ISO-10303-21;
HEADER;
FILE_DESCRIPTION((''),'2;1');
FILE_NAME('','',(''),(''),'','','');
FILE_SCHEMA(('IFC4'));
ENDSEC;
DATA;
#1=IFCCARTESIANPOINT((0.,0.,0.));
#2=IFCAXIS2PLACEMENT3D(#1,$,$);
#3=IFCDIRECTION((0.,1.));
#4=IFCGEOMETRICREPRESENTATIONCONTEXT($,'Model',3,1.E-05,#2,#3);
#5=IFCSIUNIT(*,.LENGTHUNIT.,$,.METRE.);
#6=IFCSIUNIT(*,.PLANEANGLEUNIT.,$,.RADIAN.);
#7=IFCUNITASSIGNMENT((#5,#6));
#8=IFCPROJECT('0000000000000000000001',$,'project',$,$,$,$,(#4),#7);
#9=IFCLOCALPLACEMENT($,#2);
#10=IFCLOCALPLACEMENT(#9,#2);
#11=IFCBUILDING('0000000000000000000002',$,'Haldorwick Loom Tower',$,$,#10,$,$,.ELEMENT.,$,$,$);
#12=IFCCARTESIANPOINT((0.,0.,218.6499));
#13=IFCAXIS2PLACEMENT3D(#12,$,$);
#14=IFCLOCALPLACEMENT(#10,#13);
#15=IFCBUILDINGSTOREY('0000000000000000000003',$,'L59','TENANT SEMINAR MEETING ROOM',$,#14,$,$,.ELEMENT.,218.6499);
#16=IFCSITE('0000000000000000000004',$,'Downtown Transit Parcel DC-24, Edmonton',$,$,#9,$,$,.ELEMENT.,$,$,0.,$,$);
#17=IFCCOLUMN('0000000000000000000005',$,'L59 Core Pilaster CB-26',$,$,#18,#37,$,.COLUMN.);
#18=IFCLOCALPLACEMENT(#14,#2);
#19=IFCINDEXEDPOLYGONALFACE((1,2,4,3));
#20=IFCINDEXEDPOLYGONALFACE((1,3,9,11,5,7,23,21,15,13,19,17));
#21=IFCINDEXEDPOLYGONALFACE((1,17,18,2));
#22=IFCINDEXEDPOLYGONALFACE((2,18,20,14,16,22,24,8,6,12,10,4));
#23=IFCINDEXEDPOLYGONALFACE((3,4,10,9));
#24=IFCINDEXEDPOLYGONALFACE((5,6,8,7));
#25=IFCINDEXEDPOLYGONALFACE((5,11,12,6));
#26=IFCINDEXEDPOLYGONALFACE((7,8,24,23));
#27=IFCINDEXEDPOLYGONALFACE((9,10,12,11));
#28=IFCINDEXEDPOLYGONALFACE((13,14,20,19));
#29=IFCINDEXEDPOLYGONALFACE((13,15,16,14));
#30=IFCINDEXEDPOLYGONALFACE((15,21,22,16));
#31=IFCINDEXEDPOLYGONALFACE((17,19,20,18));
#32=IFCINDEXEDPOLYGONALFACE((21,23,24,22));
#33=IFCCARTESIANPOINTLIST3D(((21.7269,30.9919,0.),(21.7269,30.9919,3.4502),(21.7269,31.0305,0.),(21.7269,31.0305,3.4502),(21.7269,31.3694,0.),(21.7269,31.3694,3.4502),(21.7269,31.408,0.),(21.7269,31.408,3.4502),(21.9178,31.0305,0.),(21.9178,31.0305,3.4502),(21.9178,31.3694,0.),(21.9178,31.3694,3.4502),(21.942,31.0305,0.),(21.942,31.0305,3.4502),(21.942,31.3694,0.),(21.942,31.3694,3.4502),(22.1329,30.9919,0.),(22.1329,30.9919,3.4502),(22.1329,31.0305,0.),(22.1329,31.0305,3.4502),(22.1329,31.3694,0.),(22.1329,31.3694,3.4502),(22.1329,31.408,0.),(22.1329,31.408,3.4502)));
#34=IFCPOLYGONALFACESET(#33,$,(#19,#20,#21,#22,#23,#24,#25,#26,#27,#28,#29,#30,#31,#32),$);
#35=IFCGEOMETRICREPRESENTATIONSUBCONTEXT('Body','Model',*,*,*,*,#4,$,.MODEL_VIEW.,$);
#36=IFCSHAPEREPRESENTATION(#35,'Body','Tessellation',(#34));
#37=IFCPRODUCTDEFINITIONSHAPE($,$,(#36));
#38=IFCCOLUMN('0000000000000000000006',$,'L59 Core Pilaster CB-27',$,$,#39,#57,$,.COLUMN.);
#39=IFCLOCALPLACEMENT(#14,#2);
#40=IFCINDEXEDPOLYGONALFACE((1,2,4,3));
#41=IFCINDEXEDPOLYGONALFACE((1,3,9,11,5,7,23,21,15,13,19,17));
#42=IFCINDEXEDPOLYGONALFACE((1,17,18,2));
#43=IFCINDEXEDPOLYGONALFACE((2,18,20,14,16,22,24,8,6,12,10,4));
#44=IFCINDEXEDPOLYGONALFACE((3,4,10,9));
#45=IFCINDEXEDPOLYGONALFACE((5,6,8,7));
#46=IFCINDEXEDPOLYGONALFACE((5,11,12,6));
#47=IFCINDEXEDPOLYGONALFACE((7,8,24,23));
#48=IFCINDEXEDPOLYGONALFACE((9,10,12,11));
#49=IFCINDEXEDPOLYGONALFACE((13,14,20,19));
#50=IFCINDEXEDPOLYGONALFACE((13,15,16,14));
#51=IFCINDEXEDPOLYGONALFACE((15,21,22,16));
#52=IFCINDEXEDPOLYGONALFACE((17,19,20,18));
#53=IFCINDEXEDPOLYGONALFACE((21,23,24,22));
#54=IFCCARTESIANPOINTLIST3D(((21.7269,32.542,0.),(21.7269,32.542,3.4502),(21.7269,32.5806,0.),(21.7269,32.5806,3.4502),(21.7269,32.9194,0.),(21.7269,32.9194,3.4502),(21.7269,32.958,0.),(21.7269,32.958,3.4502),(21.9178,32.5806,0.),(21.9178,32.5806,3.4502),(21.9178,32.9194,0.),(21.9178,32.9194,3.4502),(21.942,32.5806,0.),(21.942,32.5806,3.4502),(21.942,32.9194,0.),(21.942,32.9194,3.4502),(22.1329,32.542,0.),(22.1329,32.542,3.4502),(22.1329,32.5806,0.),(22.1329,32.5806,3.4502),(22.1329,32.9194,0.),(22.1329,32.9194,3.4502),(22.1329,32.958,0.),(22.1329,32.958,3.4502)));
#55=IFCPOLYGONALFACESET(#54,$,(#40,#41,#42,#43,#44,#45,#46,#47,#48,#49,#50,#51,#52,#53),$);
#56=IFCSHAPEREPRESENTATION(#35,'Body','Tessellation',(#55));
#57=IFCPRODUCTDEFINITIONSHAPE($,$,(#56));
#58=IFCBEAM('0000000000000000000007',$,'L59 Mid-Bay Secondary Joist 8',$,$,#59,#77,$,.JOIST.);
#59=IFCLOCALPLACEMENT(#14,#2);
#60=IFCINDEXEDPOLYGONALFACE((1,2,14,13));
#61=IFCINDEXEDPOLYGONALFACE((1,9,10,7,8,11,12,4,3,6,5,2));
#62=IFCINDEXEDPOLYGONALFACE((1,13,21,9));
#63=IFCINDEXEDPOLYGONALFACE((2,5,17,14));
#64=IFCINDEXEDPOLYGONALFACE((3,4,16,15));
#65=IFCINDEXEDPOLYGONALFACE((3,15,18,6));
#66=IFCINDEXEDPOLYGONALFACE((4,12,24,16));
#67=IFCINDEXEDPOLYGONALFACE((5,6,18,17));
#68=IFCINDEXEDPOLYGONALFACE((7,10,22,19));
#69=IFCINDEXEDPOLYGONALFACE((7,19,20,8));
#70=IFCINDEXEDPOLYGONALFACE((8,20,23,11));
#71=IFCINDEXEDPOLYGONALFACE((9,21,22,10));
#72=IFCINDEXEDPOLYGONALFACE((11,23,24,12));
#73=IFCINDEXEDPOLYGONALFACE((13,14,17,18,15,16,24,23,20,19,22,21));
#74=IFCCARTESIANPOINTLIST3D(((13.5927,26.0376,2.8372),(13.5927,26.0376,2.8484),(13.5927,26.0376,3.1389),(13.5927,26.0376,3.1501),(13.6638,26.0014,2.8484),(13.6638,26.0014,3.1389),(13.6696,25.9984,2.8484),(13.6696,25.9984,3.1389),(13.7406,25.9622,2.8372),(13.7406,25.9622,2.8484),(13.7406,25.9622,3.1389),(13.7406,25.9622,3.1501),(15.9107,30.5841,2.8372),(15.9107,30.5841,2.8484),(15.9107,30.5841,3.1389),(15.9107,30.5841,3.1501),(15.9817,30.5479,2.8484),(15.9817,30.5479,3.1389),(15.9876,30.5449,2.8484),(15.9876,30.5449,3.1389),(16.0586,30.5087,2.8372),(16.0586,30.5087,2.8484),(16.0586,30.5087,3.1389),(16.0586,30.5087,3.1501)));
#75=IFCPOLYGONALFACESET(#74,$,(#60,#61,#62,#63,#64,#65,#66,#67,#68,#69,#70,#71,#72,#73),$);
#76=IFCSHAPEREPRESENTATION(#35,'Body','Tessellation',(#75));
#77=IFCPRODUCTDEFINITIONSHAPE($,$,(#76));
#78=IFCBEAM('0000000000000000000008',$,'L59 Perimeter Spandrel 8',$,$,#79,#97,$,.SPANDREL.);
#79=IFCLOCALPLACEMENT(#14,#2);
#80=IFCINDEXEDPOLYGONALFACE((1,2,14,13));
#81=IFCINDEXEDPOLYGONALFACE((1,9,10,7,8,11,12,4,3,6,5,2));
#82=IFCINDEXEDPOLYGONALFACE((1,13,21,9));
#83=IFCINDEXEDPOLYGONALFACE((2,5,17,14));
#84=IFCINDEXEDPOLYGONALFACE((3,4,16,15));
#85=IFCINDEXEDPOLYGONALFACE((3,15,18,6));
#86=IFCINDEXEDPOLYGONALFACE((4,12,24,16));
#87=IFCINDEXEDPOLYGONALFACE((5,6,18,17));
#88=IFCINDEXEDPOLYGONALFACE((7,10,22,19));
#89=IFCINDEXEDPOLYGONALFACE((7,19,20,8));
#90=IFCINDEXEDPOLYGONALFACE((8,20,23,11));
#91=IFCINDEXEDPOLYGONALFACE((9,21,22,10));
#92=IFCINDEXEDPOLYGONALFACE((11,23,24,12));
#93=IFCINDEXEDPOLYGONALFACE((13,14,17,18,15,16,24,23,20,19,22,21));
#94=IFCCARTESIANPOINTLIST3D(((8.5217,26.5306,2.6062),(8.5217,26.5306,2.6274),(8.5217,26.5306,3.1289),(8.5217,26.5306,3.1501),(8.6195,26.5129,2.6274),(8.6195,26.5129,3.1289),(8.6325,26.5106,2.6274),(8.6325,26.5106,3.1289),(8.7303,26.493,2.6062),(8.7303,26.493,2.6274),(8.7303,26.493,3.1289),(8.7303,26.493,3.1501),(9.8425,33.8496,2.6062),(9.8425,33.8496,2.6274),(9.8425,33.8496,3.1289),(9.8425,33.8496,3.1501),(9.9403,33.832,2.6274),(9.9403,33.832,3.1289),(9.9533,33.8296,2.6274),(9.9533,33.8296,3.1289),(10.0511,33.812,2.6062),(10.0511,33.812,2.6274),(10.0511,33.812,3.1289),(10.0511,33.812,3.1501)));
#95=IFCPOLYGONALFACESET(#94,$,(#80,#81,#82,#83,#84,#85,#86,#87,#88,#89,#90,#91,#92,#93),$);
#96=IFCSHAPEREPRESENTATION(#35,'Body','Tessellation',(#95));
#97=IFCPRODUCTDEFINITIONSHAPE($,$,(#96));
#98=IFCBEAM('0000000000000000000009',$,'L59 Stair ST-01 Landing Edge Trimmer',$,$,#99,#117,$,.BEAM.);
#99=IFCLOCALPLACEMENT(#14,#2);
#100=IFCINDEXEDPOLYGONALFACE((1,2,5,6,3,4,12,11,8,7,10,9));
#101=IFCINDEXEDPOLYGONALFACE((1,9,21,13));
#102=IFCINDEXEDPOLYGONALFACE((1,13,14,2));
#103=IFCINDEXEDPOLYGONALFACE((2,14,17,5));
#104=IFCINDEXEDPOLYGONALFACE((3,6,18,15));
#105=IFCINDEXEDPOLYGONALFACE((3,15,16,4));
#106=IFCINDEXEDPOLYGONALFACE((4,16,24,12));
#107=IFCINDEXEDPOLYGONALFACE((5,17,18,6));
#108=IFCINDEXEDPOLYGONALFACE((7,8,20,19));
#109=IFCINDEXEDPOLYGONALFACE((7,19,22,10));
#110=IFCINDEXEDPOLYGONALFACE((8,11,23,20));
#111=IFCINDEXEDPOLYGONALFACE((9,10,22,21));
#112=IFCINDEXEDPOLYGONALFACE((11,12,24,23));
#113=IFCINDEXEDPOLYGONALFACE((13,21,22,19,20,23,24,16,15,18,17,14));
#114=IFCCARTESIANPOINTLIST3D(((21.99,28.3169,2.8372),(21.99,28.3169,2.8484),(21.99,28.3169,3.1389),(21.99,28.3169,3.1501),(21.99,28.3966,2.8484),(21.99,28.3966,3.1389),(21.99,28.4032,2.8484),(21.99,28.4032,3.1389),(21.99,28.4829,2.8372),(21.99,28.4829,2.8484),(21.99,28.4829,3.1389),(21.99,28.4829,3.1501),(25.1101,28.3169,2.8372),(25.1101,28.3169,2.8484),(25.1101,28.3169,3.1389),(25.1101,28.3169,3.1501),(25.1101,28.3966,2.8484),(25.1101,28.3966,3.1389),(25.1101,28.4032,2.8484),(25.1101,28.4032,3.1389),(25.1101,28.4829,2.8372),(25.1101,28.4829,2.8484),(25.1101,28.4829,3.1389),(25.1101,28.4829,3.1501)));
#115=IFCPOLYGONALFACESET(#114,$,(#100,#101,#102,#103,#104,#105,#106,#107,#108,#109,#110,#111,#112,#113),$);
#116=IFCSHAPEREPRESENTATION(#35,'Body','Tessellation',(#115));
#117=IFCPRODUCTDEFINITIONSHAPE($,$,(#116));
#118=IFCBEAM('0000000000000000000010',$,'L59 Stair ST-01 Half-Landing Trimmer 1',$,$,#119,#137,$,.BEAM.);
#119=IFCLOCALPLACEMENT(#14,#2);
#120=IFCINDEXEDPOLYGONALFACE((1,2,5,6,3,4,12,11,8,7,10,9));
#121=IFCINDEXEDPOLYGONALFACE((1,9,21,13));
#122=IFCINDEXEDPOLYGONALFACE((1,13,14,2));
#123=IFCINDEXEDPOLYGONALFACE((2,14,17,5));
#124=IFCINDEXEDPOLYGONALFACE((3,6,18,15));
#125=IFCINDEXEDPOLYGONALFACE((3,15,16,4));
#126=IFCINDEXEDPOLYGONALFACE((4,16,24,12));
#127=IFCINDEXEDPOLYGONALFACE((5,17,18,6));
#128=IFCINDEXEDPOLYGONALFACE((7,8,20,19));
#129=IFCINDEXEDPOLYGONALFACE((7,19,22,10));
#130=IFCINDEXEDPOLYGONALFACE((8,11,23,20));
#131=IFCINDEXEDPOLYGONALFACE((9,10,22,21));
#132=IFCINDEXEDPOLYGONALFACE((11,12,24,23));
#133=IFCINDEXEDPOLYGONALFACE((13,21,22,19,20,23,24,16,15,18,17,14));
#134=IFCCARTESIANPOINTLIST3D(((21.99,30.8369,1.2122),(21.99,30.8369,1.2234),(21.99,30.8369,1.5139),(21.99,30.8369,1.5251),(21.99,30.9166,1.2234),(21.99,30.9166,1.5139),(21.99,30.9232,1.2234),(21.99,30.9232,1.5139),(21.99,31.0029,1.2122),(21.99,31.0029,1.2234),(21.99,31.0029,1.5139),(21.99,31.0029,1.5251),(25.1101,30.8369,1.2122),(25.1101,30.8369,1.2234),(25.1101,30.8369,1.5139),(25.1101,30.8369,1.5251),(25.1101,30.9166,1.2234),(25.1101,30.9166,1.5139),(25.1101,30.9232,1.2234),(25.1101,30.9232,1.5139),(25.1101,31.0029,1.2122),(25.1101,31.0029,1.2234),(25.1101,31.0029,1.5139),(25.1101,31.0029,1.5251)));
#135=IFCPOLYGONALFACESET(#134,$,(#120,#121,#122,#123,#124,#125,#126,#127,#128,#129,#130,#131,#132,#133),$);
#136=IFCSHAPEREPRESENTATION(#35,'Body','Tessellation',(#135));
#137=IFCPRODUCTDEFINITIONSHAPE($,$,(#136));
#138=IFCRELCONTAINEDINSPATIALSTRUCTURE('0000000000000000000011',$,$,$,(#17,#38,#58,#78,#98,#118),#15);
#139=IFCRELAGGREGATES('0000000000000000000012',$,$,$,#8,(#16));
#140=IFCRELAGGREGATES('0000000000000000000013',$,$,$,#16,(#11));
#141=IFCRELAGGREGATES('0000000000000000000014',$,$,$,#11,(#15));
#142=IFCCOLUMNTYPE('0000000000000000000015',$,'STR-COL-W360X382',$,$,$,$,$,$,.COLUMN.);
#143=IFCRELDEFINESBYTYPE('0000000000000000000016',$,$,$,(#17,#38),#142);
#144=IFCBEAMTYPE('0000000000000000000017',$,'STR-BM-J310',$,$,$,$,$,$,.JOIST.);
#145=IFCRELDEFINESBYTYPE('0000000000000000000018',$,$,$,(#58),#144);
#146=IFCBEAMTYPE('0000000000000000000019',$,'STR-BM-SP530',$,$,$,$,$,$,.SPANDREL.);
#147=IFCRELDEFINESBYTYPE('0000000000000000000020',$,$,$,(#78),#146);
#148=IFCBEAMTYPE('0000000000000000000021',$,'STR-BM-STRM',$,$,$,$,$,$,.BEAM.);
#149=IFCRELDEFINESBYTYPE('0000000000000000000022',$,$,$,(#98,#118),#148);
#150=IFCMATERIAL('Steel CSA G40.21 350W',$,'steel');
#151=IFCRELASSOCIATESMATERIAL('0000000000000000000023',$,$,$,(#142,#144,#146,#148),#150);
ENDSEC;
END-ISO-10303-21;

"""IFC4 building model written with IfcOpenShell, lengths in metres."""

from ifc_helpers import new_model, si_unit, direction, frame, origin, origin_2d, place, context, subcontext, project, spatial, i_section, extrude, material, material_profile, profile_set, type_object, element, save


model = new_model("IFC4")

# Units and contexts
model_context = context("Model", 3, precision=1e-05, world=origin(), true_north=direction((0.0, 1.0)))
body_context = subcontext(model_context, "Body", "Model", "MODEL_VIEW")
ifc_project = project(units=[si_unit("LENGTHUNIT", "METRE"), si_unit("PLANEANGLEUNIT", "RADIAN")], contexts=[model_context])

# Site, building, storey
site_placement = place(None, origin())
site = spatial("IfcSite", under=ifc_project, at=site_placement, Name="Downtown Transit Parcel DC-24, Edmonton", CompositionType="ELEMENT", RefElevation=0.0)
building_placement = place(site_placement, origin())
building = spatial("IfcBuilding", under=site, at=building_placement, Name="Haldorwick Loom Tower", CompositionType="ELEMENT")
storey_placement = place(building_placement, frame((0.0, 0.0, 218.6499)))
storey = spatial("IfcBuildingStorey", under=building, at=storey_placement, Name="L59", Description="TENANT SEMINAR MEETING ROOM", CompositionType="ELEMENT", Elevation=218.6499)

# Columns
ifc_material_1 = material(Name="Steel CSA G40.21 350W", Category="steel")
ifc_material_profile_1 = material_profile(ifc_material_1, i_section(OverallWidth=0.406, OverallDepth=0.416, WebThickness=0.0242, FlangeThickness=0.0386, at=origin_2d()), Name="W360X382", Category="steel")
ifc_profile_set_1 = profile_set([ifc_material_profile_1], Name="Steel CSA G40.21 350W")
column_type = type_object("IfcColumnType", Name="STR-COL-W360X382", PredefinedType="COLUMN", material=ifc_profile_set_1)
for number, where, z_axis, x_axis, name in (
    (1, (21.9299, 31.2, 0.0), (0.0, 0.0, 1.0), (1.0, 0.0, 0.0), "L59 Core Pilaster CB-26"),
    (2, (21.9299, 32.75, 0.0), (0.0, 0.0, 1.0), (1.0, 0.0, 0.0), "L59 Core Pilaster CB-27"),
):
    element("IfcColumn", number, at=place(storey_placement, frame(where, z_axis=z_axis, x_axis=x_axis)), inside=storey, type_object=column_type, Name=name, PredefinedType="COLUMN", context=body_context, shape_type="SweptSolid", body=[
        extrude(i_section(OverallWidth=0.406, OverallDepth=0.416, WebThickness=0.0242, FlangeThickness=0.0386, at=origin_2d()), origin(), (0.0, 0.0, 1.0), 3.4502),
    ])

# Beams
ifc_material_profile_2 = material_profile(ifc_material_1, i_section(OverallWidth=0.166, OverallDepth=0.313, WebThickness=0.0066, FlangeThickness=0.0112, at=origin_2d()), Name="W310X45", Category="steel")
ifc_profile_set_2 = profile_set([ifc_material_profile_2], Name="Steel CSA G40.21 350W")
beam_type_1 = type_object("IfcBeamType", Name="STR-BM-J310", PredefinedType="JOIST", material=ifc_profile_set_2)
beam_1_placement = place(storey_placement, frame((15.9846, 30.5464, 2.9937), z_axis=(-0.454204, -0.890898, 0.0), x_axis=(0.890898, -0.454204, 0.0)))
element("IfcBeam", 3, at=beam_1_placement, inside=storey, type_object=beam_type_1, Name="L59 Mid-Bay Secondary Joist 8", PredefinedType="JOIST", context=body_context, shape_type="SweptSolid", body=[
    extrude(i_section(OverallWidth=0.166, OverallDepth=0.313, WebThickness=0.0066, FlangeThickness=0.0112, at=origin_2d()), origin(), (0.0, 0.0, 1.0), 5.1033),
])
ifc_material_profile_3 = material_profile(ifc_material_1, i_section(OverallWidth=0.2119, OverallDepth=0.5439, WebThickness=0.0132, FlangeThickness=0.0212, at=origin_2d()), Name="W530X123", Category="steel")
ifc_profile_set_3 = profile_set([ifc_material_profile_3], Name="Steel CSA G40.21 350W")
beam_type_2 = type_object("IfcBeamType", Name="STR-BM-SP530", PredefinedType="SPANDREL", material=ifc_profile_set_3)
beam_2_placement = place(storey_placement, frame((9.9468, 33.8308, 2.8782), z_axis=(-0.177591, -0.984104, 0.0), x_axis=(0.984104, -0.177591, 0.0)))
element("IfcBeam", 4, at=beam_2_placement, inside=storey, type_object=beam_type_2, Name="L59 Perimeter Spandrel 8", PredefinedType="SPANDREL", context=body_context, shape_type="SweptSolid", body=[
    extrude(i_section(OverallWidth=0.2119, OverallDepth=0.5439, WebThickness=0.0132, FlangeThickness=0.0212, at=origin_2d()), origin(), (0.0, 0.0, 1.0), 7.4373),
])
ifc_material_profile_4 = material_profile(ifc_material_1, i_section(OverallWidth=0.166, OverallDepth=0.313, WebThickness=0.0066, FlangeThickness=0.0112, at=origin_2d()), Name="W310X45", Category="steel")
ifc_profile_set_4 = profile_set([ifc_material_profile_4], Name="Steel CSA G40.21 350W")
beam_type_3 = type_object("IfcBeamType", Name="STR-BM-STRM", PredefinedType="BEAM", material=ifc_profile_set_4)
for number, where, z_axis, x_axis, name in (
    (5, (21.99, 28.3999, 2.9937), (1.0, 0.0, 0.0), (0.0, 1.0, 0.0), "L59 Stair ST-01 Landing Edge Trimmer"),
    (6, (21.99, 30.9199, 1.3687), (1.0, 0.0, 0.0), (0.0, 1.0, 0.0), "L59 Stair ST-01 Half-Landing Trimmer 1"),
):
    element("IfcBeam", number, at=place(storey_placement, frame(where, z_axis=z_axis, x_axis=x_axis)), inside=storey, type_object=beam_type_3, Name=name, PredefinedType="BEAM", context=body_context, shape_type="SweptSolid", body=[
        extrude(i_section(OverallWidth=0.166, OverallDepth=0.313, WebThickness=0.0066, FlangeThickness=0.0112, at=origin_2d()), origin(), (0.0, 0.0, 1.0), 3.1201),
    ])

save(model, "model.ifc")
